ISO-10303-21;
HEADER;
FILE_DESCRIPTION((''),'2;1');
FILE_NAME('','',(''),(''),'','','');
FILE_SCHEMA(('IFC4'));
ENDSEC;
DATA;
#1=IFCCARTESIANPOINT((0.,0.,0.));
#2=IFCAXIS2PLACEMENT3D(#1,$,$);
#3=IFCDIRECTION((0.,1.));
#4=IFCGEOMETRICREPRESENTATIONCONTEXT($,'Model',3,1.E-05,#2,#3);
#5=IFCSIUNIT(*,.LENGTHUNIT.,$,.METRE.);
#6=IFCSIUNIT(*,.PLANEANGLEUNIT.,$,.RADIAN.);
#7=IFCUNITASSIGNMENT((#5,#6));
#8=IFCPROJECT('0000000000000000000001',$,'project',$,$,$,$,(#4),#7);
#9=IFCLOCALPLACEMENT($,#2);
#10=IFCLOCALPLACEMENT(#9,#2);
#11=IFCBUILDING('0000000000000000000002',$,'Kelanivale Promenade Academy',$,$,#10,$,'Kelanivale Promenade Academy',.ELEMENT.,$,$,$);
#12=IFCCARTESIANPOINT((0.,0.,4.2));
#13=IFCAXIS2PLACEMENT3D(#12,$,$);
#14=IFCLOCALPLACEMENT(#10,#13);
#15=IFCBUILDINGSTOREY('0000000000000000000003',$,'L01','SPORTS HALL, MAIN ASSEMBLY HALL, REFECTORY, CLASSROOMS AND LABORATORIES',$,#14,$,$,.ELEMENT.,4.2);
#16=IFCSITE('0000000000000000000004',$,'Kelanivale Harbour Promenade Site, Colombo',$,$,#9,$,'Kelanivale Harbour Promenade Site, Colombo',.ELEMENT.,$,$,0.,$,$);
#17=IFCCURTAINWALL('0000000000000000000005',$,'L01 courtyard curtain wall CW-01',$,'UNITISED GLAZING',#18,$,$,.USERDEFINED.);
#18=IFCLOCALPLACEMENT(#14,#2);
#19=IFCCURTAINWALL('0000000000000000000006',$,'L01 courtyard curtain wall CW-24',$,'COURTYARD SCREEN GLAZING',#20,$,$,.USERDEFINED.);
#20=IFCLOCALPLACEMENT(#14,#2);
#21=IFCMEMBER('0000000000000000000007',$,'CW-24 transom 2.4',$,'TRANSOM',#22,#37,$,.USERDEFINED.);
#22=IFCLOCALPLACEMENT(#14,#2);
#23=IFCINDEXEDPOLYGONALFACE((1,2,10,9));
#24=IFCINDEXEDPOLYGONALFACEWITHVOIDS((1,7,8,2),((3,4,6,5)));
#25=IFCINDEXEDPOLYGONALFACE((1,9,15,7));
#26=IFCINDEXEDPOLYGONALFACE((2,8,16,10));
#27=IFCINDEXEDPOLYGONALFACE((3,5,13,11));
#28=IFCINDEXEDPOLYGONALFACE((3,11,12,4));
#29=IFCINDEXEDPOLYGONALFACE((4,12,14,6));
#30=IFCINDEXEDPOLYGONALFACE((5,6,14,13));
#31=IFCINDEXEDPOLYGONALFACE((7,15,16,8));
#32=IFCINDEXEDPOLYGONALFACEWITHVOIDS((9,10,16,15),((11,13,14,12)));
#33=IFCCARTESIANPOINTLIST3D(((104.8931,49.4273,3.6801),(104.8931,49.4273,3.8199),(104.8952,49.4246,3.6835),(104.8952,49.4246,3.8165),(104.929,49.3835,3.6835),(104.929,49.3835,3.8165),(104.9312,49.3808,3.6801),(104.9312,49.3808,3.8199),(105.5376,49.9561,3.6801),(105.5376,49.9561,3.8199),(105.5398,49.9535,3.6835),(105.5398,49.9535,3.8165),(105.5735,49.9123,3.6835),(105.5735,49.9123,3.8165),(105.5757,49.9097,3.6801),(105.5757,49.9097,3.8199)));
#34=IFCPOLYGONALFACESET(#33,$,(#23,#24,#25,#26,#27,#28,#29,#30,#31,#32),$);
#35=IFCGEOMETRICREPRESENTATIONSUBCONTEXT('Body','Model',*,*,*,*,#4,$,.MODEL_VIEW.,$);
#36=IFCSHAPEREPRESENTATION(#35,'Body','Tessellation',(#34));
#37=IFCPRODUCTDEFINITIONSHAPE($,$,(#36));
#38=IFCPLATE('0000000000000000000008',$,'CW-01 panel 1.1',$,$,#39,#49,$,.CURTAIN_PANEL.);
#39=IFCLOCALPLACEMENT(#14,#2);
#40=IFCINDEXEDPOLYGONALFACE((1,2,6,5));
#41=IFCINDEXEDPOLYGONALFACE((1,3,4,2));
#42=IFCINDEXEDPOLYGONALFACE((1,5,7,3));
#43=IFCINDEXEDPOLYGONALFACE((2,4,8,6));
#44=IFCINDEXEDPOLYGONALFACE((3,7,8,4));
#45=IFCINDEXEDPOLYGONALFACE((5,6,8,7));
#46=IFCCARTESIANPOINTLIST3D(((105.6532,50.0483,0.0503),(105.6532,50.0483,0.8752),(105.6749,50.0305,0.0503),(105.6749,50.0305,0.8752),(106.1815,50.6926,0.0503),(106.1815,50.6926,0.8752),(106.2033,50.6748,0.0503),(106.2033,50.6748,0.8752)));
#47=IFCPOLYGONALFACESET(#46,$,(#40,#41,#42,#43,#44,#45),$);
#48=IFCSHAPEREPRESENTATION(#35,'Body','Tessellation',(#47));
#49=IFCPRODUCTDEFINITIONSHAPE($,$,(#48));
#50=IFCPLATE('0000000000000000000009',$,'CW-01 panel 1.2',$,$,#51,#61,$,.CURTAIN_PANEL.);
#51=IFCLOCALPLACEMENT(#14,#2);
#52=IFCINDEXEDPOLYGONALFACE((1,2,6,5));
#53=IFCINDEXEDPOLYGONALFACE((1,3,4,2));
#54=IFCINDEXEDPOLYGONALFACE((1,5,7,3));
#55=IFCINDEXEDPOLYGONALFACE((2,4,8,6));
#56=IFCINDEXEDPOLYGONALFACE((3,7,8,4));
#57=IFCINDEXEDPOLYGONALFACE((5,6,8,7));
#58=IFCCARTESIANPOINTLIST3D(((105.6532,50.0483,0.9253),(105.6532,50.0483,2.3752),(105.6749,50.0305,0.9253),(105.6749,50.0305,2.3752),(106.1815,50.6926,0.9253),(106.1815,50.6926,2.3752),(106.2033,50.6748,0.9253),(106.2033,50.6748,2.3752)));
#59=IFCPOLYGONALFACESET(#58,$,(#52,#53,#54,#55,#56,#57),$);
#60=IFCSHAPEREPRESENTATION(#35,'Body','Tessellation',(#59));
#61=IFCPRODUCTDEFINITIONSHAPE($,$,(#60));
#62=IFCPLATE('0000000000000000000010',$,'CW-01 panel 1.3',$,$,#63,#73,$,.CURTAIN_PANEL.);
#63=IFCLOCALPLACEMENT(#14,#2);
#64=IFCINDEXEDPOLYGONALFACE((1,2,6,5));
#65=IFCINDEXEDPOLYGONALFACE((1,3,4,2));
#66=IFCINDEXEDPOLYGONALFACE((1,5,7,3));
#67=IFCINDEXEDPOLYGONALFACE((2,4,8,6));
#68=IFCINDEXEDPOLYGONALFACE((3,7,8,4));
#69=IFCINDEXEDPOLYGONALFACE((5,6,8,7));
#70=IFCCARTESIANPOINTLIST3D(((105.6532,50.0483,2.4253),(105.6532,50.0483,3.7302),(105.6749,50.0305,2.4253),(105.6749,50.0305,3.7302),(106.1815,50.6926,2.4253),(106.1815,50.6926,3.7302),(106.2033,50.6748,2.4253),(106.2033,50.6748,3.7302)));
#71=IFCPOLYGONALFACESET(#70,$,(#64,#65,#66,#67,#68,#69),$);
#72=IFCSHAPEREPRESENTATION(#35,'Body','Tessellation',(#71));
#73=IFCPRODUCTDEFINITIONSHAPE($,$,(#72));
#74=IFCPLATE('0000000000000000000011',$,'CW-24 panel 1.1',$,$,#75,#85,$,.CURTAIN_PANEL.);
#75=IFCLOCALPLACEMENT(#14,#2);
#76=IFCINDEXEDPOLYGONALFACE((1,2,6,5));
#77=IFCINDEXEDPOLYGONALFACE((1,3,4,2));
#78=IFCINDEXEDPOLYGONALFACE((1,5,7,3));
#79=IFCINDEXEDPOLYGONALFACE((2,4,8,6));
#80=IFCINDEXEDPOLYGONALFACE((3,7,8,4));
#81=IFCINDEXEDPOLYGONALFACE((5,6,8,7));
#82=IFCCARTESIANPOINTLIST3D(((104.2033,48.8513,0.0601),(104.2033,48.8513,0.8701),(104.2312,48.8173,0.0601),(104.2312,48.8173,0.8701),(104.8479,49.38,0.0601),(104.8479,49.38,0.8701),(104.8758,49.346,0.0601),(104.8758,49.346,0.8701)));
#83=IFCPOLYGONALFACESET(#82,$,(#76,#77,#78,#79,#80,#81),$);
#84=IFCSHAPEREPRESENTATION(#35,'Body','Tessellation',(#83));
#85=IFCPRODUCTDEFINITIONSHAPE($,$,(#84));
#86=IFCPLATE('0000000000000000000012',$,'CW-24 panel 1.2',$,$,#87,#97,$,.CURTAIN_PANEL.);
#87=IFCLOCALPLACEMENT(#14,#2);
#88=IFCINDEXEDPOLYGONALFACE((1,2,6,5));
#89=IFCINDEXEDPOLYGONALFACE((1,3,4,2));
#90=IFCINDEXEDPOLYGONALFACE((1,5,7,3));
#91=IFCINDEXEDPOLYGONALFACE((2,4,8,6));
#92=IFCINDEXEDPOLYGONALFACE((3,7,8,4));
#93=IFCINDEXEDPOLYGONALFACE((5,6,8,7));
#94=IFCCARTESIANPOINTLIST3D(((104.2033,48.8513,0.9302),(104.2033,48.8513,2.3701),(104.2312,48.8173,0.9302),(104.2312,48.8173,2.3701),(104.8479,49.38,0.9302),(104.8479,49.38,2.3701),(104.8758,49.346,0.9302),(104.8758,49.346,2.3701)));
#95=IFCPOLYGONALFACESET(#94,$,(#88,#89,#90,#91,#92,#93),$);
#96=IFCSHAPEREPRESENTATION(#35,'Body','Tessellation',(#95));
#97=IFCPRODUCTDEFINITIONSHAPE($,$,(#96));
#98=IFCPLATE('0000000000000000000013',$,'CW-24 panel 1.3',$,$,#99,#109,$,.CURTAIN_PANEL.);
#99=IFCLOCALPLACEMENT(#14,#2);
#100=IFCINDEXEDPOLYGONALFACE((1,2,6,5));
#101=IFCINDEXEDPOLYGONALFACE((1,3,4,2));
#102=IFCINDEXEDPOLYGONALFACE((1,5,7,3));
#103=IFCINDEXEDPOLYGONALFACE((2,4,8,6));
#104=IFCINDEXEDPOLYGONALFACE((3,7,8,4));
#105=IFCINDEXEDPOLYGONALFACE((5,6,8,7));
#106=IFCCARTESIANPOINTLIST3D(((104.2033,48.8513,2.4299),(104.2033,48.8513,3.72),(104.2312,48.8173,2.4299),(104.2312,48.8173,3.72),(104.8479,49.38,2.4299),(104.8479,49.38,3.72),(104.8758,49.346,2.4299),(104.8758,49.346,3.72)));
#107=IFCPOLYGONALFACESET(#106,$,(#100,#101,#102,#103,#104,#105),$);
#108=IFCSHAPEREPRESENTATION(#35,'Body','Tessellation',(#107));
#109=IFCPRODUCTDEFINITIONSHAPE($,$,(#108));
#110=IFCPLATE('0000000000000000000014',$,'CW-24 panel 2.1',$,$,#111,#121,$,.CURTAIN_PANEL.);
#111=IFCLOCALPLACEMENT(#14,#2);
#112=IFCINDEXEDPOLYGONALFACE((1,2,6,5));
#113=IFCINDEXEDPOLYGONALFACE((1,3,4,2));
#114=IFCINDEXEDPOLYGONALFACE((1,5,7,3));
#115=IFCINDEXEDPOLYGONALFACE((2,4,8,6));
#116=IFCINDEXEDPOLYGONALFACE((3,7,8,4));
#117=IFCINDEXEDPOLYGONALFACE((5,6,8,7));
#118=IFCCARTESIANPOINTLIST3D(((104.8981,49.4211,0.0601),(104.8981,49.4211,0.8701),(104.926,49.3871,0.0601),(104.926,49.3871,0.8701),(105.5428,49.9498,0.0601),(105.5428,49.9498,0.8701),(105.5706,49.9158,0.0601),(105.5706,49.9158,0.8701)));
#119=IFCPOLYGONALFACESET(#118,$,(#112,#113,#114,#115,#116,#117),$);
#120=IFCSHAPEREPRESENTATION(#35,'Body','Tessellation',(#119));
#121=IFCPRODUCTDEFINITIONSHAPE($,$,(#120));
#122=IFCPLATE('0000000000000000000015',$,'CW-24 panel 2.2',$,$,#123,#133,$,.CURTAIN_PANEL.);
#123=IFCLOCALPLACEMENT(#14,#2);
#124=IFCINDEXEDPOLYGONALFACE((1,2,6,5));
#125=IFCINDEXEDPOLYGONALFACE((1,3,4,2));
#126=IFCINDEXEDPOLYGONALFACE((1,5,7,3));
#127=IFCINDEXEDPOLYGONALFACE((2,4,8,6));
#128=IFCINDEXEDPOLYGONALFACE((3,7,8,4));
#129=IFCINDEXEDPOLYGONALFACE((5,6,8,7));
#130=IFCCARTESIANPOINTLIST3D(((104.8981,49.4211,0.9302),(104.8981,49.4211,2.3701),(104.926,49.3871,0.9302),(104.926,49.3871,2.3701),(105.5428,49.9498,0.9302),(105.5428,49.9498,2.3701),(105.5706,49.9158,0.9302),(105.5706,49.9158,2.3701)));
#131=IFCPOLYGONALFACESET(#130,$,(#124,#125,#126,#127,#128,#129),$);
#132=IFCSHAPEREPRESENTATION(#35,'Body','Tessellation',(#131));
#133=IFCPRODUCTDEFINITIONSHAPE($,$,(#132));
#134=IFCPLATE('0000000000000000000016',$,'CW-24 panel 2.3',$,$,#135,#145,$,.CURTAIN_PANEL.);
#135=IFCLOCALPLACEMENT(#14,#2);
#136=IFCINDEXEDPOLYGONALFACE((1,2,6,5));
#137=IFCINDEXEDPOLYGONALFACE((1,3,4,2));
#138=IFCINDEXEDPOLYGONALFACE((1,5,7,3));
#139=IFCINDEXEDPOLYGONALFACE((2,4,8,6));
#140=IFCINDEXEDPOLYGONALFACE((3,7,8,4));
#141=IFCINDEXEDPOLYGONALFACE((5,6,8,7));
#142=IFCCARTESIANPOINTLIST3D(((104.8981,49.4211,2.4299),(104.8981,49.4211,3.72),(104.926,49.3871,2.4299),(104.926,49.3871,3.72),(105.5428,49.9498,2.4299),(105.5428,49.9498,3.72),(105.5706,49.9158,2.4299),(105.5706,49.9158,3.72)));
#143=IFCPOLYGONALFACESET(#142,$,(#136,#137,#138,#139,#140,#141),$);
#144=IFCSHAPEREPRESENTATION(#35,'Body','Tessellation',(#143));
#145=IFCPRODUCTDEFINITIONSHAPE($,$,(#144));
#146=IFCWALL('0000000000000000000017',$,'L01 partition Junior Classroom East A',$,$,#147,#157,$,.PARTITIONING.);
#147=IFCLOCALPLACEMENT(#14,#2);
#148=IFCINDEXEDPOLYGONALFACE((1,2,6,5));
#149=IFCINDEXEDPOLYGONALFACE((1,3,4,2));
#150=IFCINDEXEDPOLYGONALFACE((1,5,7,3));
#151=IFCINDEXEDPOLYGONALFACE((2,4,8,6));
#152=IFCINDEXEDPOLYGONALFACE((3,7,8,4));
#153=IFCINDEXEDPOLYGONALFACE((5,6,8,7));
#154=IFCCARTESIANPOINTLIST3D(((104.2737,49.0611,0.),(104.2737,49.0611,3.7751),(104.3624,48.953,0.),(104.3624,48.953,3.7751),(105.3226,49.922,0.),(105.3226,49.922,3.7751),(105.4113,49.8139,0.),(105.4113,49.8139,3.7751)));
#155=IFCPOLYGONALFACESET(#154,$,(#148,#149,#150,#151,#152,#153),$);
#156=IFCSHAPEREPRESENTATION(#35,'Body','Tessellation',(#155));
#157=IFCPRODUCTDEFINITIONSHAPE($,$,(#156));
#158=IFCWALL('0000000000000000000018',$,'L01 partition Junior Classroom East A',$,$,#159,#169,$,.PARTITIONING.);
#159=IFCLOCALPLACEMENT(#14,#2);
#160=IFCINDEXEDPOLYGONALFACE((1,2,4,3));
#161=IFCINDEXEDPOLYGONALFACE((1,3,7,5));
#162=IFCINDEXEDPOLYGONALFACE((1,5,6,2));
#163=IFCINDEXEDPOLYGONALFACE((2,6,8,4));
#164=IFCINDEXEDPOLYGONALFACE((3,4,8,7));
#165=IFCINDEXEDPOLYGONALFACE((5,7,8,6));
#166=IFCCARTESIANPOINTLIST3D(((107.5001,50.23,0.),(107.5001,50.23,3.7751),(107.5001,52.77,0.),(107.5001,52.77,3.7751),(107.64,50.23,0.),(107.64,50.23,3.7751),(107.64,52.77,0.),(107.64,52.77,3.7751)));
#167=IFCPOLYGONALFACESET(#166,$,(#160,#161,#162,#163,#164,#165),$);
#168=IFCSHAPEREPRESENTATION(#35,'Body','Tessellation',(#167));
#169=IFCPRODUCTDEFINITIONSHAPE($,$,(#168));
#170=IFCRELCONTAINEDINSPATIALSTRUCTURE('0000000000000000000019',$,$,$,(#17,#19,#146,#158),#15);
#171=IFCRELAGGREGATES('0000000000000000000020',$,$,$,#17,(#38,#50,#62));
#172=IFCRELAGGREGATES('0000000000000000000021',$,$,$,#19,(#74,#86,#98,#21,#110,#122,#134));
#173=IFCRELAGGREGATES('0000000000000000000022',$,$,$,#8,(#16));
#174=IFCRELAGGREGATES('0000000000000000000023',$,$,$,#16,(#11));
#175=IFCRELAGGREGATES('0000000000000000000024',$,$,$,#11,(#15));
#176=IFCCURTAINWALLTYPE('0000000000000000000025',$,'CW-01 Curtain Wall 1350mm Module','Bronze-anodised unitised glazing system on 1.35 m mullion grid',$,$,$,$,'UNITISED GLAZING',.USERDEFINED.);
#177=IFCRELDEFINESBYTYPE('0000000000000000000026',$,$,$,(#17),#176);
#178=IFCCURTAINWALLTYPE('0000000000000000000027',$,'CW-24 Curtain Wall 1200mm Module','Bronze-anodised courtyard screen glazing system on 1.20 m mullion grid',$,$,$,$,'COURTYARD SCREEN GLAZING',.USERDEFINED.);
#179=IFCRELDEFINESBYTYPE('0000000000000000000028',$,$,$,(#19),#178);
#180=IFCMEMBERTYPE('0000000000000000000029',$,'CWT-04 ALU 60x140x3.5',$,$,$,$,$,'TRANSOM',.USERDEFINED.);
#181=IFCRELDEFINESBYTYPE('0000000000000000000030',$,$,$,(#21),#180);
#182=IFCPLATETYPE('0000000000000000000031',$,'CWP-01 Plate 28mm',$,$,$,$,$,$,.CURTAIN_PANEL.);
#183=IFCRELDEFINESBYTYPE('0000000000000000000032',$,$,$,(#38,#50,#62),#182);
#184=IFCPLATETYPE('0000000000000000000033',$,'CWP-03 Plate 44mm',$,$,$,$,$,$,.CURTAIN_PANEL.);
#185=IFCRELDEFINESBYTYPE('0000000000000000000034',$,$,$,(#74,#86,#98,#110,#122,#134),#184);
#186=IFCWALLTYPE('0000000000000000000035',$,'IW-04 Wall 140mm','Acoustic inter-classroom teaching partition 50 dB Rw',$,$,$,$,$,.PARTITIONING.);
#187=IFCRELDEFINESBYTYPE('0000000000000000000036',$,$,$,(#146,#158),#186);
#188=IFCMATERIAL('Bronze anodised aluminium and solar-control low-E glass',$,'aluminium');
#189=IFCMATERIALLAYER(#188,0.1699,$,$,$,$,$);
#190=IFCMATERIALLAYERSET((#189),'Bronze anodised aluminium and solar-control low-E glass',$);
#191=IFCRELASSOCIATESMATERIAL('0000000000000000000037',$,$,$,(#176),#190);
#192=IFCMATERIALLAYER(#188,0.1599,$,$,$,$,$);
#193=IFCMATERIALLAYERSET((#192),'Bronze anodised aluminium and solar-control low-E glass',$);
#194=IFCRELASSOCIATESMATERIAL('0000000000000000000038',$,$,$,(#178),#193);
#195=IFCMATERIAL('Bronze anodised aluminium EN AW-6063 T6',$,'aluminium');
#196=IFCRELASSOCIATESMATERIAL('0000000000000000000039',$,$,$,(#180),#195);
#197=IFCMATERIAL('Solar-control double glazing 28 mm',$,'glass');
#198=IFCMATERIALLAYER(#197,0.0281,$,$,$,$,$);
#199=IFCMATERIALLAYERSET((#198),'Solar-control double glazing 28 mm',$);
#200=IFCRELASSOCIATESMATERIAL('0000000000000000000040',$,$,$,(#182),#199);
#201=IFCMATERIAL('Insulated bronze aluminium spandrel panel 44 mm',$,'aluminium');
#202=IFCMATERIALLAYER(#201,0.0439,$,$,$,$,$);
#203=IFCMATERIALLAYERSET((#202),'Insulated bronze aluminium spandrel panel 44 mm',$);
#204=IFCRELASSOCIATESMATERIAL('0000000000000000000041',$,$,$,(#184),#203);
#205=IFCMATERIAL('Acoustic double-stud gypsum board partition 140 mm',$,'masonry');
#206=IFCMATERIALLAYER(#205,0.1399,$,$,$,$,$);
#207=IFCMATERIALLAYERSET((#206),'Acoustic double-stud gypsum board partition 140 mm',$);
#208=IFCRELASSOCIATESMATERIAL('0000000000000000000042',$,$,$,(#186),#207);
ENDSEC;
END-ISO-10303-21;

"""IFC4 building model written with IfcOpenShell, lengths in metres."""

from ifc_helpers import new_model, si_unit, direction, frame, frame_2d, origin, origin_2d, place, context, subcontext, project, spatial, rectangle, hollow_rectangle, extrude, material, layer, layer_set, material_profile, profile_set, type_object, element, aggregate, save


model = new_model("IFC4")

# Units and contexts
model_context = context("Model", 3, precision=1e-05, world=origin(), true_north=direction((0.0, 1.0)))
body_context = subcontext(model_context, "Body", "Model", "MODEL_VIEW")
ifc_project = project(units=[si_unit("LENGTHUNIT", "METRE"), si_unit("PLANEANGLEUNIT", "RADIAN")], contexts=[model_context])

# Site, building, storey
site_placement = place(None, origin())
site = spatial("IfcSite", under=ifc_project, at=site_placement, Name="Kelanivale Harbour Promenade Site, Colombo", LongName="Kelanivale Harbour Promenade Site, Colombo", CompositionType="ELEMENT", RefElevation=0.0)
building_placement = place(site_placement, origin())
building = spatial("IfcBuilding", under=site, at=building_placement, Name="Kelanivale Promenade Academy", LongName="Kelanivale Promenade Academy", CompositionType="ELEMENT")
storey_placement = place(building_placement, frame((0.0, 0.0, 4.2)))
storey = spatial("IfcBuildingStorey", under=building, at=storey_placement, Name="L01", Description="SPORTS HALL, MAIN ASSEMBLY HALL, REFECTORY, CLASSROOMS AND LABORATORIES", CompositionType="ELEMENT", Elevation=4.2)

# Curtain walls
ifc_material_1 = material(Name="Bronze anodised aluminium and solar-control low-E glass", Category="aluminium")
ifc_layer_1 = layer(ifc_material_1, 0.1699)
ifc_layer_set_1 = layer_set([ifc_layer_1], Name="Bronze anodised aluminium and solar-control low-E glass")
curtain_wall_type_1 = type_object("IfcCurtainWallType", Name="CW-01 Curtain Wall 1350mm Module", Description="Bronze-anodised unitised glazing system on 1.35 m mullion grid", ElementType="UNITISED GLAZING", PredefinedType="USERDEFINED", material=ifc_layer_set_1)
curtain_wall_1_placement = place(storey_placement, origin())
curtain_wall_1 = element("IfcCurtainWall", 1, at=curtain_wall_1_placement, inside=storey, type_object=curtain_wall_type_1, Name="L01 courtyard curtain wall CW-01", ObjectType="UNITISED GLAZING", PredefinedType="USERDEFINED")
ifc_material_2 = material(Name="Bronze anodised aluminium EN AW-6063 T6", Category="aluminium")
ifc_layer_2 = layer(ifc_material_1, 0.1599)
ifc_layer_set_2 = layer_set([ifc_layer_2], Name="Bronze anodised aluminium and solar-control low-E glass")
curtain_wall_type_2 = type_object("IfcCurtainWallType", Name="CW-24 Curtain Wall 1200mm Module", Description="Bronze-anodised courtyard screen glazing system on 1.20 m mullion grid", ElementType="COURTYARD SCREEN GLAZING", PredefinedType="USERDEFINED", material=ifc_layer_set_2)
curtain_wall_2_placement = place(storey_placement, origin())
curtain_wall_2 = element("IfcCurtainWall", 2, at=curtain_wall_2_placement, inside=storey, type_object=curtain_wall_type_2, Name="L01 courtyard curtain wall CW-24", ObjectType="COURTYARD SCREEN GLAZING", PredefinedType="USERDEFINED")

# Member
ifc_material_profile_1 = material_profile(ifc_material_2, hollow_rectangle(XDim=0.0601, YDim=0.1399, WallThickness=0.0034, at=origin_2d()), Name="ALU 60x140x3.5")
ifc_profile_set_1 = profile_set([ifc_material_profile_1], Name="Bronze anodised aluminium EN AW-6063 T6")
member_type_1 = type_object("IfcMemberType", Name="CWT-04 ALU 60x140x3.5", ElementType="TRANSOM", PredefinedType="USERDEFINED", material=ifc_profile_set_1)
member_1_placement = place(storey_placement, frame((104.9121, 49.4041, 3.75), z_axis=(0.773095, 0.63429, 0.0), x_axis=(-0.63429, 0.773095, 0.0)))
member_1 = element("IfcMember", 3, at=member_1_placement, type_object=member_type_1, Name="CW-24 transom 2.4", ObjectType="TRANSOM", PredefinedType="USERDEFINED", context=body_context, shape_type="SweptSolid", body=[
    extrude(hollow_rectangle(XDim=0.0601, YDim=0.1399, WallThickness=0.0034, at=origin_2d()), origin(), (0.0, 0.0, 1.0), 0.8337),
])

# Plates
ifc_material_3 = material(Name="Solar-control double glazing 28 mm", Category="glass")
ifc_layer_3 = layer(ifc_material_3, 0.0281)
ifc_layer_set_3 = layer_set([ifc_layer_3], Name="Solar-control double glazing 28 mm")
plate_type_1 = type_object("IfcPlateType", Name="CWP-01 Plate 28mm", PredefinedType="CURTAIN_PANEL", material=ifc_layer_set_3)
plate_1_placement = place(storey_placement, frame((105.9282, 50.3616, 0.0503), z_axis=(0.0, 0.0, 1.0), x_axis=(0.634093, 0.773257, 0.0)))
plate_1 = element("IfcPlate", 4, at=plate_1_placement, type_object=plate_type_1, Name="CW-01 panel 1.1", PredefinedType="CURTAIN_PANEL", context=body_context, shape_type="SweptSolid", body=[
    extrude(rectangle(XDim=0.8333, YDim=0.0281, at=origin_2d()), origin(), (0.0, 0.0, 1.0), 0.825),
])
plate_2_placement = place(storey_placement, frame((105.9282, 50.3616, 0.9253), z_axis=(0.0, 0.0, 1.0), x_axis=(0.634093, 0.773257, 0.0)))
plate_2 = element("IfcPlate", 5, at=plate_2_placement, type_object=plate_type_1, Name="CW-01 panel 1.2", PredefinedType="CURTAIN_PANEL", context=body_context, shape_type="SweptSolid", body=[
    extrude(rectangle(XDim=0.8333, YDim=0.0281, at=origin_2d()), origin(), (0.0, 0.0, 1.0), 1.45),
])
plate_3_placement = place(storey_placement, frame((105.9282, 50.3616, 2.4253), z_axis=(0.0, 0.0, 1.0), x_axis=(0.634093, 0.773257, 0.0)))
plate_3 = element("IfcPlate", 6, at=plate_3_placement, type_object=plate_type_1, Name="CW-01 panel 1.3", PredefinedType="CURTAIN_PANEL", context=body_context, shape_type="SweptSolid", body=[
    extrude(rectangle(XDim=0.8333, YDim=0.0281, at=origin_2d()), origin(), (0.0, 0.0, 1.0), 1.3049),
])
aggregate(curtain_wall_1, [plate_1, plate_2, plate_3])
ifc_material_4 = material(Name="Insulated bronze aluminium spandrel panel 44 mm", Category="aluminium")
ifc_layer_4 = layer(ifc_material_4, 0.0439)
ifc_layer_set_4 = layer_set([ifc_layer_4], Name="Insulated bronze aluminium spandrel panel 44 mm")
plate_type_2 = type_object("IfcPlateType", Name="CWP-03 Plate 44mm", PredefinedType="CURTAIN_PANEL", material=ifc_layer_set_4)
plate_4_placement = place(storey_placement, frame((104.5396, 49.0986, 0.0601), z_axis=(0.0, 0.0, 1.0), x_axis=(0.773215, 0.634144, 0.0)))
plate_4 = element("IfcPlate", 7, at=plate_4_placement, type_object=plate_type_2, Name="CW-24 panel 1.1", PredefinedType="CURTAIN_PANEL", context=body_context, shape_type="SweptSolid", body=[
    extrude(rectangle(XDim=0.8337, YDim=0.0439, at=origin_2d()), origin(), (0.0, 0.0, 1.0), 0.8101),
])
plate_5_placement = place(storey_placement, frame((104.5396, 49.0986, 0.9302), z_axis=(0.0, 0.0, 1.0), x_axis=(0.773215, 0.634144, 0.0)))
plate_5 = element("IfcPlate", 8, at=plate_5_placement, type_object=plate_type_2, Name="CW-24 panel 1.2", PredefinedType="CURTAIN_PANEL", context=body_context, shape_type="SweptSolid", body=[
    extrude(rectangle(XDim=0.8337, YDim=0.0439, at=origin_2d()), origin(), (0.0, 0.0, 1.0), 1.4399),
])
plate_6_placement = place(storey_placement, frame((104.5396, 49.0986, 2.4299), z_axis=(0.0, 0.0, 1.0), x_axis=(0.773215, 0.634144, 0.0)))
plate_6 = element("IfcPlate", 9, at=plate_6_placement, type_object=plate_type_2, Name="CW-24 panel 1.3", PredefinedType="CURTAIN_PANEL", context=body_context, shape_type="SweptSolid", body=[
    extrude(rectangle(XDim=0.8337, YDim=0.0439, at=origin_2d()), origin(), (0.0, 0.0, 1.0), 1.29),
])
plate_7_placement = place(storey_placement, frame((105.2344, 49.6685, 0.0601), z_axis=(0.0, 0.0, 1.0), x_axis=(0.773215, 0.634144, 0.0)))
plate_7 = element("IfcPlate", 10, at=plate_7_placement, type_object=plate_type_2, Name="CW-24 panel 2.1", PredefinedType="CURTAIN_PANEL", context=body_context, shape_type="SweptSolid", body=[
    extrude(rectangle(XDim=0.8337, YDim=0.0439, at=origin_2d()), origin(), (0.0, 0.0, 1.0), 0.8101),
])
plate_8_placement = place(storey_placement, frame((105.2344, 49.6685, 0.9302), z_axis=(0.0, 0.0, 1.0), x_axis=(0.773215, 0.634144, 0.0)))
plate_8 = element("IfcPlate", 11, at=plate_8_placement, type_object=plate_type_2, Name="CW-24 panel 2.2", PredefinedType="CURTAIN_PANEL", context=body_context, shape_type="SweptSolid", body=[
    extrude(rectangle(XDim=0.8337, YDim=0.0439, at=origin_2d()), origin(), (0.0, 0.0, 1.0), 1.4399),
])
plate_9_placement = place(storey_placement, frame((105.2344, 49.6685, 2.4299), z_axis=(0.0, 0.0, 1.0), x_axis=(0.773215, 0.634144, 0.0)))
plate_9 = element("IfcPlate", 12, at=plate_9_placement, type_object=plate_type_2, Name="CW-24 panel 2.3", PredefinedType="CURTAIN_PANEL", context=body_context, shape_type="SweptSolid", body=[
    extrude(rectangle(XDim=0.8337, YDim=0.0439, at=origin_2d()), origin(), (0.0, 0.0, 1.0), 1.29),
])
aggregate(curtain_wall_2, [plate_4, plate_5, plate_6, member_1, plate_7, plate_8, plate_9])

# Walls
ifc_material_5 = material(Name="Acoustic double-stud gypsum board partition 140 mm", Category="masonry")
ifc_layer_5 = layer(ifc_material_5, 0.1399)
ifc_layer_set_5 = layer_set([ifc_layer_5], Name="Acoustic double-stud gypsum board partition 140 mm")
wall_type_1 = type_object("IfcWallType", Name="IW-04 Wall 140mm", Description="Acoustic inter-classroom teaching partition 50 dB Rw", PredefinedType="PARTITIONING", material=ifc_layer_set_5)
wall_1_placement = place(storey_placement, frame((105.3669, 49.8679, 0.0), z_axis=(0.0, 0.0, 1.0), x_axis=(-0.772978, -0.634432, 0.0)))
element("IfcWall", 13, at=wall_1_placement, inside=storey, type_object=wall_type_1, Name="L01 partition Junior Classroom East A", PredefinedType="PARTITIONING", context=body_context, shape_type="SweptSolid", body=[
    extrude(rectangle(XDim=1.3569, YDim=0.1399, at=frame_2d((0.6785, 0.0))), origin(), (0.0, 0.0, 1.0), 3.7751),
])
wall_2_placement = place(storey_placement, frame((107.5701, 50.23, 0.0), z_axis=(0.0, 0.0, 1.0), x_axis=(0.0, 1.0, 0.0)))
element("IfcWall", 14, at=wall_2_placement, inside=storey, type_object=wall_type_1, Name="L01 partition Junior Classroom East A", PredefinedType="PARTITIONING", context=body_context, shape_type="SweptSolid", body=[
    extrude(rectangle(XDim=2.54, YDim=0.1399, at=frame_2d((1.27, 0.0))), origin(), (0.0, 0.0, 1.0), 3.7751),
])

save(model, "model.ifc")
